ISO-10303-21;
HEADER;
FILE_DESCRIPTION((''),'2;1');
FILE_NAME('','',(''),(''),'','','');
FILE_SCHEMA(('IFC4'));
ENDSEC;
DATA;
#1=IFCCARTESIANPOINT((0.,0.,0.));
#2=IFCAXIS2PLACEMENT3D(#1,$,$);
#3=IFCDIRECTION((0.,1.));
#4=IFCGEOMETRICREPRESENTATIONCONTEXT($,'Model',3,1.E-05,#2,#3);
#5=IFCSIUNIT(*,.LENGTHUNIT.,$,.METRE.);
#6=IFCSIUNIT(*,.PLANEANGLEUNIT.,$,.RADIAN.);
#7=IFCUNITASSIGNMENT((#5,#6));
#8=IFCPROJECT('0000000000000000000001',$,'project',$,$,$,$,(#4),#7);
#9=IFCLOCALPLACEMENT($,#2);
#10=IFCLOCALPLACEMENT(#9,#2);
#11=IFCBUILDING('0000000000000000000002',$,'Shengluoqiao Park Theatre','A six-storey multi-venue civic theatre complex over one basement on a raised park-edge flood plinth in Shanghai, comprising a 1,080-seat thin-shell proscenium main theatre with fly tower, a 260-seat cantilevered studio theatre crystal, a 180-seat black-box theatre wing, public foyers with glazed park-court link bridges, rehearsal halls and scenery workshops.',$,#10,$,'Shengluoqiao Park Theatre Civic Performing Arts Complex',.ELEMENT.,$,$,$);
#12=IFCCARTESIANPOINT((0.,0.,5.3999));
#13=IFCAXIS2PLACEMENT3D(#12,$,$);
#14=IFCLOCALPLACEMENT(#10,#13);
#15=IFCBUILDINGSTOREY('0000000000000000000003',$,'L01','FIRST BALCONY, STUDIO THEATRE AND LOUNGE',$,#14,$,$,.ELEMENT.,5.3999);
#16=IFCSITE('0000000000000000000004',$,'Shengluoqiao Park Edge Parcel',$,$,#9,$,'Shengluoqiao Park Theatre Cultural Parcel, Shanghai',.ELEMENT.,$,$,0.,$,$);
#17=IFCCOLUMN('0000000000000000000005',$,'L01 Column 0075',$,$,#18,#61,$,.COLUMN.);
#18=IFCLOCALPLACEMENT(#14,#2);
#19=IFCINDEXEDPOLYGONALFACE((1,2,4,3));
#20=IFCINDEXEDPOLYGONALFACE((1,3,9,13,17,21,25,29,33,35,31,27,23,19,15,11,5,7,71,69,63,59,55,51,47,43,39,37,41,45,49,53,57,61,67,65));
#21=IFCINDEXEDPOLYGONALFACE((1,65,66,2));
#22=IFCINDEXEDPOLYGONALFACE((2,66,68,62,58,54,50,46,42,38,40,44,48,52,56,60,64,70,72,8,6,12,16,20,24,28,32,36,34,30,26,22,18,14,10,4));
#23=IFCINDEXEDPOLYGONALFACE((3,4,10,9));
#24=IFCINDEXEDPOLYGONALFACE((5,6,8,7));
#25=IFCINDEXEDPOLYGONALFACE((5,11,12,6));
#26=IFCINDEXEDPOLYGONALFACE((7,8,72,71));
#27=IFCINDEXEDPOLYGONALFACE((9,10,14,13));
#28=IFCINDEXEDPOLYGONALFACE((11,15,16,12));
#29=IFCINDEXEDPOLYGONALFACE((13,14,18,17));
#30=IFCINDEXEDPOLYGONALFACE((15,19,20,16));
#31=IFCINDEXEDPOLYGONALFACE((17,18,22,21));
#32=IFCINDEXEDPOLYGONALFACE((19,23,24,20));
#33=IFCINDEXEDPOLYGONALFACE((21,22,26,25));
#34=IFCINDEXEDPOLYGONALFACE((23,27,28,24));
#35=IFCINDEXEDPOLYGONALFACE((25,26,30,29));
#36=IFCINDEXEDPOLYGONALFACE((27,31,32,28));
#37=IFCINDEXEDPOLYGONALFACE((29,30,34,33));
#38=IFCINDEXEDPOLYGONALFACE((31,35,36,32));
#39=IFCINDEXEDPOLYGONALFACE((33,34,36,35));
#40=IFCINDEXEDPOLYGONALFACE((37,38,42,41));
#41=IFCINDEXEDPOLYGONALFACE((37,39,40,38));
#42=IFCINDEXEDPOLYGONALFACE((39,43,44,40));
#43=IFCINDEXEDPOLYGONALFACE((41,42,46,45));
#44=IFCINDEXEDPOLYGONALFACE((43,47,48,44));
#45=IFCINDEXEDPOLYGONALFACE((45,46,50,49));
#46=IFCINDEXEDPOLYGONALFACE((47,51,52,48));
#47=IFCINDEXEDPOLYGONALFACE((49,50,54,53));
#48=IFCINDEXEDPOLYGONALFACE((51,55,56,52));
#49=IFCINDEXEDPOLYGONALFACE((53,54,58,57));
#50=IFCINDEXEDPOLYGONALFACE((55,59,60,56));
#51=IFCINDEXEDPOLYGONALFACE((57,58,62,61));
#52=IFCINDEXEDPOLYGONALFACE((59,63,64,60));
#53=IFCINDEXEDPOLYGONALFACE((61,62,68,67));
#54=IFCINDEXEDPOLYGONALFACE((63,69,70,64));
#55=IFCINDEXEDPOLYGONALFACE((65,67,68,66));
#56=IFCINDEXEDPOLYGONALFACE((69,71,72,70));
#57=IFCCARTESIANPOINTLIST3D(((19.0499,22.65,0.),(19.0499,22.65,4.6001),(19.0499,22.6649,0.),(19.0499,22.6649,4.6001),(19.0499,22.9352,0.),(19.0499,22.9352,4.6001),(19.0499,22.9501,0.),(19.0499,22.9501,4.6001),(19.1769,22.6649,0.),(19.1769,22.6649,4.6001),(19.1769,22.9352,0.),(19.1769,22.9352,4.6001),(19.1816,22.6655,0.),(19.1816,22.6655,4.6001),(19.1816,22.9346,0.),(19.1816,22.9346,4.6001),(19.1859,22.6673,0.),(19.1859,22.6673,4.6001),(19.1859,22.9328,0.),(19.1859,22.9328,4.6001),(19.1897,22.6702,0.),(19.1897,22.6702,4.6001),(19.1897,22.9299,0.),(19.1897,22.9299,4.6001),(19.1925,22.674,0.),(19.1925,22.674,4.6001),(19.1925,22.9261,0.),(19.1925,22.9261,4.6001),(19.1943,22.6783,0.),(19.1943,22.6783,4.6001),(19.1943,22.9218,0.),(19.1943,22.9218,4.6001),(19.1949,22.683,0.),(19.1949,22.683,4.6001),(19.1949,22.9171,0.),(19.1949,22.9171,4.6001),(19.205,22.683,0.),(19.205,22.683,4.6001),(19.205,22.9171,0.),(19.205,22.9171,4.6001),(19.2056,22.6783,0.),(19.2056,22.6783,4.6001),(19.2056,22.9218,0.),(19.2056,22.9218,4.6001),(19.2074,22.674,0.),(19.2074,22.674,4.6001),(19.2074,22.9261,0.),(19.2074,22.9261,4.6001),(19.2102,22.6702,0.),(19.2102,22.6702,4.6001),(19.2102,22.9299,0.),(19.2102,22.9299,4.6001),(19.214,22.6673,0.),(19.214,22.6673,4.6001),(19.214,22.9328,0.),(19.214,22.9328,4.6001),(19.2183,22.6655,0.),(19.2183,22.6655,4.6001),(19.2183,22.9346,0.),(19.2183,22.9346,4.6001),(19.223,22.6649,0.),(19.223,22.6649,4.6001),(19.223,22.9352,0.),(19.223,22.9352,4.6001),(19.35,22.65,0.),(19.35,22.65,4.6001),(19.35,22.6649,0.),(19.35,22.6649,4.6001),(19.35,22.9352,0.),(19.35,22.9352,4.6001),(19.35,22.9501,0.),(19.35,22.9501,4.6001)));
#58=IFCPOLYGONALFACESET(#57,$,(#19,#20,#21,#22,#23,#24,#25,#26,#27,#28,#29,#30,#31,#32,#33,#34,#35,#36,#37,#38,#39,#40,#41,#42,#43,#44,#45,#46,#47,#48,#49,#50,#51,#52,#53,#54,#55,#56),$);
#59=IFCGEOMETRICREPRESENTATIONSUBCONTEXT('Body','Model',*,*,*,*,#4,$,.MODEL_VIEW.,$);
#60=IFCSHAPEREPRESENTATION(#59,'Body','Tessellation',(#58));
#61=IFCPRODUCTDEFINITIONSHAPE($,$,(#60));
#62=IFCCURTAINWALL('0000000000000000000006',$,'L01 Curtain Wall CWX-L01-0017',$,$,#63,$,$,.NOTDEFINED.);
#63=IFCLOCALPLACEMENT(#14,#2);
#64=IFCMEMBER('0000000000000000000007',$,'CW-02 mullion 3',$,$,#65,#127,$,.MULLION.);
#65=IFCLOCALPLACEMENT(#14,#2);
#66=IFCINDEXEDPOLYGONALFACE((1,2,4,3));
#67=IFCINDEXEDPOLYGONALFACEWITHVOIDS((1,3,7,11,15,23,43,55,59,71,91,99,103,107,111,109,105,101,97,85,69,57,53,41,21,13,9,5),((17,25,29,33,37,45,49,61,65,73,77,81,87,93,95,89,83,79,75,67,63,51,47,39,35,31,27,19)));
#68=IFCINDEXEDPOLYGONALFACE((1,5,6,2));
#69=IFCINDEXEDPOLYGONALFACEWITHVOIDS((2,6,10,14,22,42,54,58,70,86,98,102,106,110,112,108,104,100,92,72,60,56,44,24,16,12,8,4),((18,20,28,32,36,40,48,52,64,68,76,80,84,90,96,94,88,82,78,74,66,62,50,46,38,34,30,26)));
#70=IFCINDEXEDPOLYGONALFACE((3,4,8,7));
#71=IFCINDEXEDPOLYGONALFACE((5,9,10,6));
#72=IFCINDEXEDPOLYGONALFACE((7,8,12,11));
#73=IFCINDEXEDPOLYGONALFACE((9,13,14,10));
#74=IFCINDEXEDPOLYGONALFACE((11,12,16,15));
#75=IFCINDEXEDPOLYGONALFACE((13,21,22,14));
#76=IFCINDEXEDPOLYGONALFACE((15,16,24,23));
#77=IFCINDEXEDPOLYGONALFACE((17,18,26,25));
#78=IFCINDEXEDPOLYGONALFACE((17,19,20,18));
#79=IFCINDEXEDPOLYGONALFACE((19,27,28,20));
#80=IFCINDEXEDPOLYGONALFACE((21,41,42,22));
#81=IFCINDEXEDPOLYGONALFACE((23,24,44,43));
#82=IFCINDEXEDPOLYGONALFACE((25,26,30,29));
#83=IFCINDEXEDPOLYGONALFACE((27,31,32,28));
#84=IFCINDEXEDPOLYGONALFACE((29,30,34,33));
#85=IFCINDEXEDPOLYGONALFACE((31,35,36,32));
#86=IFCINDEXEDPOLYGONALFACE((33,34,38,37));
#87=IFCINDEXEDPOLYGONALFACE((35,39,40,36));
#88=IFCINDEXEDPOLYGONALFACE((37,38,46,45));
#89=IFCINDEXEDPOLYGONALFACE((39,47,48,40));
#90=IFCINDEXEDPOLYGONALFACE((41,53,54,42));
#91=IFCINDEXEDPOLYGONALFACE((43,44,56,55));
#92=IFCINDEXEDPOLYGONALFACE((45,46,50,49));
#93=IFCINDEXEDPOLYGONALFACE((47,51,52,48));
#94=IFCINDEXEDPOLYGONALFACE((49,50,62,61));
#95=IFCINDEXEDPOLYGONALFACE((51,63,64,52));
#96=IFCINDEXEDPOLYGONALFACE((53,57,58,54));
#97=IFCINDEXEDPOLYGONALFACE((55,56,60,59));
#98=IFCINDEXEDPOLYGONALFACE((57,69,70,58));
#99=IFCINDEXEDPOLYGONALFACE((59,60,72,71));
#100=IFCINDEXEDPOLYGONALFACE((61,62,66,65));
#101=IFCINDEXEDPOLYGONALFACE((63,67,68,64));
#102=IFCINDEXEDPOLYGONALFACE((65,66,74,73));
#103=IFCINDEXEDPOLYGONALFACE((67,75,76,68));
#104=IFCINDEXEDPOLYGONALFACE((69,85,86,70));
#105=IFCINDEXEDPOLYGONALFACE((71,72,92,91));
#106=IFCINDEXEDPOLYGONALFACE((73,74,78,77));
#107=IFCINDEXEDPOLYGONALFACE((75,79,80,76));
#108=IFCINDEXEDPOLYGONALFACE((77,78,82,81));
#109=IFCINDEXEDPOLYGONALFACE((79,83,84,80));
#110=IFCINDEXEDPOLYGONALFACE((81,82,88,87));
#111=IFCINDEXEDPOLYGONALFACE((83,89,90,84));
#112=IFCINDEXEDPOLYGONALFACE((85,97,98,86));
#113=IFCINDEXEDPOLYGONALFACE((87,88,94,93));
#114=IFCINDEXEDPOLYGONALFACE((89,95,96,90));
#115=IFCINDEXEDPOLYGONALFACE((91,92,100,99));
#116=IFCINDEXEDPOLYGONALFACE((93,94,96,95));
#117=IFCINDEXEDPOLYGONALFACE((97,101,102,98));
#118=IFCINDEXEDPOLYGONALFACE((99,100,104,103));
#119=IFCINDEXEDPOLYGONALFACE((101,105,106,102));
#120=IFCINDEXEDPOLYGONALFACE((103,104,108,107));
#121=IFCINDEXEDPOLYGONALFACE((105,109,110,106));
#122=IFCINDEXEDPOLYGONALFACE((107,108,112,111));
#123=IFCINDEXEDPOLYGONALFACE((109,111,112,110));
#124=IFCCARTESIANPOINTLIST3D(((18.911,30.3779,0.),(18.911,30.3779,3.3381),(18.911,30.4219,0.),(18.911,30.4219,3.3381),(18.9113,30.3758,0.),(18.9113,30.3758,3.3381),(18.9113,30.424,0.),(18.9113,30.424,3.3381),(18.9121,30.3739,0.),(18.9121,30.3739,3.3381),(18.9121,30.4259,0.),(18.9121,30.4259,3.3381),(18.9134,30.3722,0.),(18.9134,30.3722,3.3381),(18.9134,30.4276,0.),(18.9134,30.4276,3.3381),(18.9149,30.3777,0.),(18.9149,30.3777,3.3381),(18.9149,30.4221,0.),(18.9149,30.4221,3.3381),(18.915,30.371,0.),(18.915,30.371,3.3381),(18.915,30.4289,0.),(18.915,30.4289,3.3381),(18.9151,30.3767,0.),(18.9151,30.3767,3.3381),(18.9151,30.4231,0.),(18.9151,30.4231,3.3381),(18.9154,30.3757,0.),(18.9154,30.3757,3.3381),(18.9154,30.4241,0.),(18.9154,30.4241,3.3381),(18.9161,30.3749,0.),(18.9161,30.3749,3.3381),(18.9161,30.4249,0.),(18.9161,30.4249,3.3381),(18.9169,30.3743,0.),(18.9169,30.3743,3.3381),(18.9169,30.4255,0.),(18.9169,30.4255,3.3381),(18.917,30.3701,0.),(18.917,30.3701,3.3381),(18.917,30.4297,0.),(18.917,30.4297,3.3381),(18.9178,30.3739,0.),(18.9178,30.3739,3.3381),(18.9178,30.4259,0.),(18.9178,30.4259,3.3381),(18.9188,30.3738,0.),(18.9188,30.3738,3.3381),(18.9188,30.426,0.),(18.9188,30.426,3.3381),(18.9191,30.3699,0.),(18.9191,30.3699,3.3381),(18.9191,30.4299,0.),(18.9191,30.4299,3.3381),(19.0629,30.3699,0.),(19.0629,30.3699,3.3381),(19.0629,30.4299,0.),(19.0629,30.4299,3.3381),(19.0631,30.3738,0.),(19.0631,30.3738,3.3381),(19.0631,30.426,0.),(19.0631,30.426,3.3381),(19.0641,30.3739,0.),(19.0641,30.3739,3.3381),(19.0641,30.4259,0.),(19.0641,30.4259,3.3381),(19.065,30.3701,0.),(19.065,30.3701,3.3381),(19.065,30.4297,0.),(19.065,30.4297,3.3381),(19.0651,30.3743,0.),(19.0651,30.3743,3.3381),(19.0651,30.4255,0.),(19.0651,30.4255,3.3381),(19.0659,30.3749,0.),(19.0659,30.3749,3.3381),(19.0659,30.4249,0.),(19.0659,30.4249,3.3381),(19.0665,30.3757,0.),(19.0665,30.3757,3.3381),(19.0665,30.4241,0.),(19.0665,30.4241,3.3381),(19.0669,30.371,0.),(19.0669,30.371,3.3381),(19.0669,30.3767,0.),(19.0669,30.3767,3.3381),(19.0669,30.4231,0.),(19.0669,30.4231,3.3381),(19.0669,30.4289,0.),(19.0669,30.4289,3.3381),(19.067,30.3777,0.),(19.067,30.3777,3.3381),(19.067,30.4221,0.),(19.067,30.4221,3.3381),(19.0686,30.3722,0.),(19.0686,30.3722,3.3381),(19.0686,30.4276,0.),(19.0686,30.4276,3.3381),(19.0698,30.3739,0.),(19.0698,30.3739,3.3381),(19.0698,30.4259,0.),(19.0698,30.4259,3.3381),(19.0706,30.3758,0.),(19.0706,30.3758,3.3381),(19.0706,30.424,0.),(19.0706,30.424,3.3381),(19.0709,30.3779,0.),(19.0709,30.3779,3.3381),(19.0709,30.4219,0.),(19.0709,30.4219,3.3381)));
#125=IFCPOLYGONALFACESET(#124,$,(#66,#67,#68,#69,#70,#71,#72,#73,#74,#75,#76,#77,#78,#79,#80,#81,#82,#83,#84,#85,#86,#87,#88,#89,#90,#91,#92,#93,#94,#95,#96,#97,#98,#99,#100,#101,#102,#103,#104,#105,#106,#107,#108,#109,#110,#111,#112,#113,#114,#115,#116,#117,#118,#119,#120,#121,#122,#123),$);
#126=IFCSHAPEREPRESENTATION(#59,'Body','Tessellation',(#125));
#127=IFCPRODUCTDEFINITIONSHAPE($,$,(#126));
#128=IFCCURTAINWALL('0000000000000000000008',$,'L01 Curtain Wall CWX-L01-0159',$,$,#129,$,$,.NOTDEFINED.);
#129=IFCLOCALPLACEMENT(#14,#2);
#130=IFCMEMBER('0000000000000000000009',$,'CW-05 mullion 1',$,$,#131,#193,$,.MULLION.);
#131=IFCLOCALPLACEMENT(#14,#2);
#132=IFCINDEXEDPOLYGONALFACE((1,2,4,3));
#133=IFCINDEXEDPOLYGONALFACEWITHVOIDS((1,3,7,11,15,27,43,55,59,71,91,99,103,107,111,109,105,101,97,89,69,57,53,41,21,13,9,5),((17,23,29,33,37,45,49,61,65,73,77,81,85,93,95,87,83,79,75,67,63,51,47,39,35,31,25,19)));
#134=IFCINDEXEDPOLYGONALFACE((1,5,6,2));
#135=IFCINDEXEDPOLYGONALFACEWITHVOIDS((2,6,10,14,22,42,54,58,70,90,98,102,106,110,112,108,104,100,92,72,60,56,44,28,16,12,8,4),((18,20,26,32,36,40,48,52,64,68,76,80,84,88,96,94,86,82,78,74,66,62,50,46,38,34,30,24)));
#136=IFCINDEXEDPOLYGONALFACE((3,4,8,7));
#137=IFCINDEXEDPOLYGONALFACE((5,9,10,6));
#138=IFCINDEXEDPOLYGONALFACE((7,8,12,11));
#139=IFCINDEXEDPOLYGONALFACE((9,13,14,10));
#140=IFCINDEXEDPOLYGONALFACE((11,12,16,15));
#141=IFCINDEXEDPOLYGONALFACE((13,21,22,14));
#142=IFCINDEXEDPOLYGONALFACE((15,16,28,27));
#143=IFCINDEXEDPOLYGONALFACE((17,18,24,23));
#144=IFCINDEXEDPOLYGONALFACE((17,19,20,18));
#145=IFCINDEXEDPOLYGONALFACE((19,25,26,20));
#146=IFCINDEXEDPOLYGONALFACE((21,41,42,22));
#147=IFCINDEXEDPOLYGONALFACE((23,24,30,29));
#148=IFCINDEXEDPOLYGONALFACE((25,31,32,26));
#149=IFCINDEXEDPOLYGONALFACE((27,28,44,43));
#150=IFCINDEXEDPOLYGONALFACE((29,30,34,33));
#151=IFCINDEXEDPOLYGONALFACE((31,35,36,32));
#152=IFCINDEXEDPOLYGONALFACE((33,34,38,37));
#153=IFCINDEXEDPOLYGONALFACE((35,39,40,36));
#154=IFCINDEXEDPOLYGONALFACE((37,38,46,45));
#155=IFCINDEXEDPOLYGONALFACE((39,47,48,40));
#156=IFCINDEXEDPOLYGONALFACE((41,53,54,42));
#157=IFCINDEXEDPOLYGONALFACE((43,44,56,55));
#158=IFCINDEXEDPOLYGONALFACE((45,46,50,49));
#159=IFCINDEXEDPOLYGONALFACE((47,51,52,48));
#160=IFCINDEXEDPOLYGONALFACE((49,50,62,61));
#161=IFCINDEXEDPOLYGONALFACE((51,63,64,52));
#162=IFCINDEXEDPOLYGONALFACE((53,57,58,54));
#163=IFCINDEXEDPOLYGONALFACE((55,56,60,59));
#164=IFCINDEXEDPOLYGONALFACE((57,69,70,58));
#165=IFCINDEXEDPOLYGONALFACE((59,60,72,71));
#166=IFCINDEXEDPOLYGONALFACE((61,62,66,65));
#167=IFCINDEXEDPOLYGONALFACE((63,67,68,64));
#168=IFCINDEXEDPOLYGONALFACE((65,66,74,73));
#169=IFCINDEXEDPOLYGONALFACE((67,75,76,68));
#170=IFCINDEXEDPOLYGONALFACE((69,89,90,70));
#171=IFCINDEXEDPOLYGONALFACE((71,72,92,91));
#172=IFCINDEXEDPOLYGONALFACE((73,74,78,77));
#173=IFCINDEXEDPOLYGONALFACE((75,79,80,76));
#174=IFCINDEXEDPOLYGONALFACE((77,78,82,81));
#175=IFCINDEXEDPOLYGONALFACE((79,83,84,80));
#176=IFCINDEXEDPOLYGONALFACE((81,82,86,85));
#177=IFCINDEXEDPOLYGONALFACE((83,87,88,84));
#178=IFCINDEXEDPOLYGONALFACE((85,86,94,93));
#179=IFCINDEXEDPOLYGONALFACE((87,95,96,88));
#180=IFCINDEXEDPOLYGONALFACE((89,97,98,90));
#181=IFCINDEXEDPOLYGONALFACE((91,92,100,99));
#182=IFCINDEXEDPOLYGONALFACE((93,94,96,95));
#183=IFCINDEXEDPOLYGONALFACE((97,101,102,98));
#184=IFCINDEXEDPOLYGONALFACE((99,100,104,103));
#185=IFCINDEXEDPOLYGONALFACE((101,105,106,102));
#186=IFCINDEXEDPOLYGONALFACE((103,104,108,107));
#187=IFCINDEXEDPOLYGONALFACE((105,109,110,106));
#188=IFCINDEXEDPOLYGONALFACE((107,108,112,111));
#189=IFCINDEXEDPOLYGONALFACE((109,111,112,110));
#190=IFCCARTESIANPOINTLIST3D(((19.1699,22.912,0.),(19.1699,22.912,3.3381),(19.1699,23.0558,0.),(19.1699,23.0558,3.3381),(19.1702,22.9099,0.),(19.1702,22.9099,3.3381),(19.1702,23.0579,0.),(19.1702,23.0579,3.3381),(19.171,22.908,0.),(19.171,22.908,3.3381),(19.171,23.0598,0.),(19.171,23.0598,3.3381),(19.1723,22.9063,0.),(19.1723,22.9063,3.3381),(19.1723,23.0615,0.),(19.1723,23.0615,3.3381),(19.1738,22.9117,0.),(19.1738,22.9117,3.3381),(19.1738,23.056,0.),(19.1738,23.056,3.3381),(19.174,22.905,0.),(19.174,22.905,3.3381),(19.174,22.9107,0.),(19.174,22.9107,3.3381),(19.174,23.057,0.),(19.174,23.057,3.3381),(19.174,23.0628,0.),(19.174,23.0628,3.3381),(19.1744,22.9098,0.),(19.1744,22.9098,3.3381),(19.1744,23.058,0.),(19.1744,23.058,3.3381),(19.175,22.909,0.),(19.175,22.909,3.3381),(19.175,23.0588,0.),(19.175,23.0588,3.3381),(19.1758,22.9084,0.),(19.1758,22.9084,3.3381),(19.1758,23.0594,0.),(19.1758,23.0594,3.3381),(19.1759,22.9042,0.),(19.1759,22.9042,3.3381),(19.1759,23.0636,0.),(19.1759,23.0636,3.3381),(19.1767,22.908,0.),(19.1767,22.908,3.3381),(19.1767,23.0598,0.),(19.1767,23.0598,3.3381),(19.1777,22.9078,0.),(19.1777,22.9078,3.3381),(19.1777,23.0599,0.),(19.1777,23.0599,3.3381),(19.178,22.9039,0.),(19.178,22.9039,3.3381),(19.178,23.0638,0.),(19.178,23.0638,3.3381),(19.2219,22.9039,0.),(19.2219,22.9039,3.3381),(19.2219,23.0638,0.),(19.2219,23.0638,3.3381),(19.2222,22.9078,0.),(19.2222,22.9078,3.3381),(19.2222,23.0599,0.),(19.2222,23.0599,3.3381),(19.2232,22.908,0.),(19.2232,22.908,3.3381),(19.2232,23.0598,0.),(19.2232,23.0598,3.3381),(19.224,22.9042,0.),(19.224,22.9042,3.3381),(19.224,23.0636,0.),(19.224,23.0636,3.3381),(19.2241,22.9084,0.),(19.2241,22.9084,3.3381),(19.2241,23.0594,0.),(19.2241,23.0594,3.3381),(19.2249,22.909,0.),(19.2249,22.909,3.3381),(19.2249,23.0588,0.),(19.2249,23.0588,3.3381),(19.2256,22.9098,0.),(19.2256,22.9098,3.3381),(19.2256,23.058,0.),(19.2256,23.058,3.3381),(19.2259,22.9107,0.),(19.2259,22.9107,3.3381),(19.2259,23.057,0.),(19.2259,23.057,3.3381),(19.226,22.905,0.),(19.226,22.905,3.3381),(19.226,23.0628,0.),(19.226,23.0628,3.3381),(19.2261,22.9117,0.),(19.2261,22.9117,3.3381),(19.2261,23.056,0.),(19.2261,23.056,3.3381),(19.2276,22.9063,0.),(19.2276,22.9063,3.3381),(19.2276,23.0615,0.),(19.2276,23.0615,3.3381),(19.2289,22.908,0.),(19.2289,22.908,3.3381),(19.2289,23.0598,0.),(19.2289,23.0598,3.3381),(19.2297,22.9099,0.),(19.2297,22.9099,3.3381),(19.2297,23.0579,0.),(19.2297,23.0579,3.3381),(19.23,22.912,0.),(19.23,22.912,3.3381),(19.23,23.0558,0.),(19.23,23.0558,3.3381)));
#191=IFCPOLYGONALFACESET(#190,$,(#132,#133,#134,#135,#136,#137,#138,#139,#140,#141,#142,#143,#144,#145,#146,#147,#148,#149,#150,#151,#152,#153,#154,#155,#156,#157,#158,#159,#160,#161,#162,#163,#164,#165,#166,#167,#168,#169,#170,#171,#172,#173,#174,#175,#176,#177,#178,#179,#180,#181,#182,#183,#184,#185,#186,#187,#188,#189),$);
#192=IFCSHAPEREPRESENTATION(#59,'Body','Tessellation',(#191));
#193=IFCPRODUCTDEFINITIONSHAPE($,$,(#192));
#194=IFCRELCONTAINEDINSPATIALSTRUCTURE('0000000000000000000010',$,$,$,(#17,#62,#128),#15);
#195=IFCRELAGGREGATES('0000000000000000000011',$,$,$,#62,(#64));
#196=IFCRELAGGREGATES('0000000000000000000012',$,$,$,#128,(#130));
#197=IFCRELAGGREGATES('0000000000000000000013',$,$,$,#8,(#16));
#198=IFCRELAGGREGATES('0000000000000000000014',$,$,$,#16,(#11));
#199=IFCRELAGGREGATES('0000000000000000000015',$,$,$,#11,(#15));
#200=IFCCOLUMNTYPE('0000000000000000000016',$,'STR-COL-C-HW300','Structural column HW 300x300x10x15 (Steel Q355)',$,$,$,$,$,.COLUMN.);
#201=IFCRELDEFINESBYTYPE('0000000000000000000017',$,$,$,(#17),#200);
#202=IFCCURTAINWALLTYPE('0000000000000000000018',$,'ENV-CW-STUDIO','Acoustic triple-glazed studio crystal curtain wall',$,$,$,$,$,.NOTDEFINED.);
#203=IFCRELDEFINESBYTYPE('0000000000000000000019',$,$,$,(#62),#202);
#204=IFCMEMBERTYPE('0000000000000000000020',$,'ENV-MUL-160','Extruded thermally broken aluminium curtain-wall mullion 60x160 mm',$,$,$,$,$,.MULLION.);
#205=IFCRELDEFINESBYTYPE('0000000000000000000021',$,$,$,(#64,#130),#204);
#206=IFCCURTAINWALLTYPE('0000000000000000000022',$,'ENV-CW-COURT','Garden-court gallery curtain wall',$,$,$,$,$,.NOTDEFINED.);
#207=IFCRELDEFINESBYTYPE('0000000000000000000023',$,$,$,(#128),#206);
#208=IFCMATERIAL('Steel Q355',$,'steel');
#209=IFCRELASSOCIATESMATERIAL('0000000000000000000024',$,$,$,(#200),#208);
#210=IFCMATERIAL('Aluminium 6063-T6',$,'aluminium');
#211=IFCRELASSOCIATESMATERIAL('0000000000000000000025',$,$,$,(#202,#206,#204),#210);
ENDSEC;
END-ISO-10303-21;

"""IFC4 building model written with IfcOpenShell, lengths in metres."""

from ifc_helpers import new_model, si_unit, direction, frame, origin, origin_2d, place, context, subcontext, project, spatial, hollow_rectangle, i_section, extrude, material, material_profile, profile_set, type_object, element, aggregate, save


model = new_model("IFC4")

# Units and contexts
model_context = context("Model", 3, precision=1e-05, world=origin(), true_north=direction((0.0, 1.0)))
body_context = subcontext(model_context, "Body", "Model", "MODEL_VIEW")
ifc_project = project(units=[si_unit("LENGTHUNIT", "METRE"), si_unit("PLANEANGLEUNIT", "RADIAN")], contexts=[model_context])

# Site, building, storey
site_placement = place(None, origin())
site = spatial("IfcSite", under=ifc_project, at=site_placement, Name="Shengluoqiao Park Edge Parcel", LongName="Shengluoqiao Park Theatre Cultural Parcel, Shanghai", CompositionType="ELEMENT", RefElevation=0.0)
building_placement = place(site_placement, origin())
building = spatial("IfcBuilding", under=site, at=building_placement, Name="Shengluoqiao Park Theatre", Description="A six-storey multi-venue civic theatre complex over one basement on a raised park-edge flood plinth in Shanghai, comprising a 1,080-seat thin-shell proscenium main theatre with fly tower, a 260-seat cantilevered studio theatre crystal, a 180-seat black-box theatre wing, public foyers with glazed park-court link bridges, rehearsal halls and scenery workshops.", LongName="Shengluoqiao Park Theatre Civic Performing Arts Complex", CompositionType="ELEMENT")
storey_placement = place(building_placement, frame((0.0, 0.0, 5.3999)))
storey = spatial("IfcBuildingStorey", under=building, at=storey_placement, Name="L01", Description="FIRST BALCONY, STUDIO THEATRE AND LOUNGE", CompositionType="ELEMENT", Elevation=5.3999)

# Column
ifc_material_1 = material(Name="Steel Q355", Category="steel")
ifc_material_profile_1 = material_profile(ifc_material_1, i_section(OverallWidth=0.3, OverallDepth=0.3, WebThickness=0.01, FlangeThickness=0.0149, FilletRadius=0.0181, at=origin_2d()), Name="HW 300x300x10x15")
ifc_profile_set_1 = profile_set([ifc_material_profile_1], Name="Steel Q355")
column_type = type_object("IfcColumnType", Name="STR-COL-C-HW300", Description="Structural column HW 300x300x10x15 (Steel Q355)", PredefinedType="COLUMN", material=ifc_profile_set_1)
column_placement = place(storey_placement, frame((19.2, 22.8, 0.0), z_axis=(0.0, 0.0, 1.0), x_axis=(1.0, 0.0, 0.0)))
element("IfcColumn", 1, at=column_placement, inside=storey, type_object=column_type, Name="L01 Column 0075", PredefinedType="COLUMN", context=body_context, shape_type="SweptSolid", body=[
    extrude(i_section(OverallWidth=0.3, OverallDepth=0.3, WebThickness=0.01, FlangeThickness=0.0149, FilletRadius=0.0181, at=origin_2d()), origin(), (0.0, 0.0, 1.0), 4.6001),
])

# Curtain wall, member
ifc_material_2 = material(Name="Aluminium 6063-T6", Category="aluminium")
curtain_wall_type_1 = type_object("IfcCurtainWallType", Name="ENV-CW-STUDIO", Description="Acoustic triple-glazed studio crystal curtain wall", PredefinedType="NOTDEFINED", material=ifc_material_2)
curtain_wall_1_placement = place(storey_placement, origin())
curtain_wall_1 = element("IfcCurtainWall", 2, at=curtain_wall_1_placement, inside=storey, type_object=curtain_wall_type_1, Name="L01 Curtain Wall CWX-L01-0017", PredefinedType="NOTDEFINED")
ifc_material_profile_2 = material_profile(ifc_material_2, hollow_rectangle(XDim=0.0601, YDim=0.1599, WallThickness=0.0039, InnerFilletRadius=0.0039, OuterFilletRadius=0.0081, at=origin_2d()), Name="ALU MULLION 160x60x4")
ifc_profile_set_2 = profile_set([ifc_material_profile_2], Name="Aluminium 6063-T6")
member_type_1 = type_object("IfcMemberType", Name="ENV-MUL-160", Description="Extruded thermally broken aluminium curtain-wall mullion 60x160 mm", PredefinedType="MULLION", material=ifc_profile_set_2)
member_1_placement = place(storey_placement, frame((18.991, 30.3999, 0.0), z_axis=(0.0, 0.0, 1.0), x_axis=(0.0, 1.0, 0.0)))
member_1 = element("IfcMember", 3, at=member_1_placement, type_object=member_type_1, Name="CW-02 mullion 3", PredefinedType="MULLION", context=body_context, shape_type="SweptSolid", body=[
    extrude(hollow_rectangle(XDim=0.0601, YDim=0.1599, WallThickness=0.0039, InnerFilletRadius=0.0039, OuterFilletRadius=0.0081, at=origin_2d()), origin(), (0.0, 0.0, 1.0), 3.3381),
])

# Curtain wall, member
curtain_wall_type_2 = type_object("IfcCurtainWallType", Name="ENV-CW-COURT", Description="Garden-court gallery curtain wall", PredefinedType="NOTDEFINED", material=ifc_material_2)
curtain_wall_2_placement = place(storey_placement, origin())
curtain_wall_2 = element("IfcCurtainWall", 4, at=curtain_wall_2_placement, inside=storey, type_object=curtain_wall_type_2, Name="L01 Curtain Wall CWX-L01-0159", PredefinedType="NOTDEFINED")
member_2_placement = place(storey_placement, frame((19.2, 22.9839, 0.0), z_axis=(0.0, 0.0, 1.0), x_axis=(-1.0, 0.0, 0.0)))
member_2 = element("IfcMember", 5, at=member_2_placement, type_object=member_type_1, Name="CW-05 mullion 1", PredefinedType="MULLION", context=body_context, shape_type="SweptSolid", body=[
    extrude(hollow_rectangle(XDim=0.0601, YDim=0.1599, WallThickness=0.0039, InnerFilletRadius=0.0039, OuterFilletRadius=0.0081, at=origin_2d()), origin(), (0.0, 0.0, 1.0), 3.3381),
])

aggregate(curtain_wall_1, [member_1])
aggregate(curtain_wall_2, [member_2])

save(model, "model.ifc")
